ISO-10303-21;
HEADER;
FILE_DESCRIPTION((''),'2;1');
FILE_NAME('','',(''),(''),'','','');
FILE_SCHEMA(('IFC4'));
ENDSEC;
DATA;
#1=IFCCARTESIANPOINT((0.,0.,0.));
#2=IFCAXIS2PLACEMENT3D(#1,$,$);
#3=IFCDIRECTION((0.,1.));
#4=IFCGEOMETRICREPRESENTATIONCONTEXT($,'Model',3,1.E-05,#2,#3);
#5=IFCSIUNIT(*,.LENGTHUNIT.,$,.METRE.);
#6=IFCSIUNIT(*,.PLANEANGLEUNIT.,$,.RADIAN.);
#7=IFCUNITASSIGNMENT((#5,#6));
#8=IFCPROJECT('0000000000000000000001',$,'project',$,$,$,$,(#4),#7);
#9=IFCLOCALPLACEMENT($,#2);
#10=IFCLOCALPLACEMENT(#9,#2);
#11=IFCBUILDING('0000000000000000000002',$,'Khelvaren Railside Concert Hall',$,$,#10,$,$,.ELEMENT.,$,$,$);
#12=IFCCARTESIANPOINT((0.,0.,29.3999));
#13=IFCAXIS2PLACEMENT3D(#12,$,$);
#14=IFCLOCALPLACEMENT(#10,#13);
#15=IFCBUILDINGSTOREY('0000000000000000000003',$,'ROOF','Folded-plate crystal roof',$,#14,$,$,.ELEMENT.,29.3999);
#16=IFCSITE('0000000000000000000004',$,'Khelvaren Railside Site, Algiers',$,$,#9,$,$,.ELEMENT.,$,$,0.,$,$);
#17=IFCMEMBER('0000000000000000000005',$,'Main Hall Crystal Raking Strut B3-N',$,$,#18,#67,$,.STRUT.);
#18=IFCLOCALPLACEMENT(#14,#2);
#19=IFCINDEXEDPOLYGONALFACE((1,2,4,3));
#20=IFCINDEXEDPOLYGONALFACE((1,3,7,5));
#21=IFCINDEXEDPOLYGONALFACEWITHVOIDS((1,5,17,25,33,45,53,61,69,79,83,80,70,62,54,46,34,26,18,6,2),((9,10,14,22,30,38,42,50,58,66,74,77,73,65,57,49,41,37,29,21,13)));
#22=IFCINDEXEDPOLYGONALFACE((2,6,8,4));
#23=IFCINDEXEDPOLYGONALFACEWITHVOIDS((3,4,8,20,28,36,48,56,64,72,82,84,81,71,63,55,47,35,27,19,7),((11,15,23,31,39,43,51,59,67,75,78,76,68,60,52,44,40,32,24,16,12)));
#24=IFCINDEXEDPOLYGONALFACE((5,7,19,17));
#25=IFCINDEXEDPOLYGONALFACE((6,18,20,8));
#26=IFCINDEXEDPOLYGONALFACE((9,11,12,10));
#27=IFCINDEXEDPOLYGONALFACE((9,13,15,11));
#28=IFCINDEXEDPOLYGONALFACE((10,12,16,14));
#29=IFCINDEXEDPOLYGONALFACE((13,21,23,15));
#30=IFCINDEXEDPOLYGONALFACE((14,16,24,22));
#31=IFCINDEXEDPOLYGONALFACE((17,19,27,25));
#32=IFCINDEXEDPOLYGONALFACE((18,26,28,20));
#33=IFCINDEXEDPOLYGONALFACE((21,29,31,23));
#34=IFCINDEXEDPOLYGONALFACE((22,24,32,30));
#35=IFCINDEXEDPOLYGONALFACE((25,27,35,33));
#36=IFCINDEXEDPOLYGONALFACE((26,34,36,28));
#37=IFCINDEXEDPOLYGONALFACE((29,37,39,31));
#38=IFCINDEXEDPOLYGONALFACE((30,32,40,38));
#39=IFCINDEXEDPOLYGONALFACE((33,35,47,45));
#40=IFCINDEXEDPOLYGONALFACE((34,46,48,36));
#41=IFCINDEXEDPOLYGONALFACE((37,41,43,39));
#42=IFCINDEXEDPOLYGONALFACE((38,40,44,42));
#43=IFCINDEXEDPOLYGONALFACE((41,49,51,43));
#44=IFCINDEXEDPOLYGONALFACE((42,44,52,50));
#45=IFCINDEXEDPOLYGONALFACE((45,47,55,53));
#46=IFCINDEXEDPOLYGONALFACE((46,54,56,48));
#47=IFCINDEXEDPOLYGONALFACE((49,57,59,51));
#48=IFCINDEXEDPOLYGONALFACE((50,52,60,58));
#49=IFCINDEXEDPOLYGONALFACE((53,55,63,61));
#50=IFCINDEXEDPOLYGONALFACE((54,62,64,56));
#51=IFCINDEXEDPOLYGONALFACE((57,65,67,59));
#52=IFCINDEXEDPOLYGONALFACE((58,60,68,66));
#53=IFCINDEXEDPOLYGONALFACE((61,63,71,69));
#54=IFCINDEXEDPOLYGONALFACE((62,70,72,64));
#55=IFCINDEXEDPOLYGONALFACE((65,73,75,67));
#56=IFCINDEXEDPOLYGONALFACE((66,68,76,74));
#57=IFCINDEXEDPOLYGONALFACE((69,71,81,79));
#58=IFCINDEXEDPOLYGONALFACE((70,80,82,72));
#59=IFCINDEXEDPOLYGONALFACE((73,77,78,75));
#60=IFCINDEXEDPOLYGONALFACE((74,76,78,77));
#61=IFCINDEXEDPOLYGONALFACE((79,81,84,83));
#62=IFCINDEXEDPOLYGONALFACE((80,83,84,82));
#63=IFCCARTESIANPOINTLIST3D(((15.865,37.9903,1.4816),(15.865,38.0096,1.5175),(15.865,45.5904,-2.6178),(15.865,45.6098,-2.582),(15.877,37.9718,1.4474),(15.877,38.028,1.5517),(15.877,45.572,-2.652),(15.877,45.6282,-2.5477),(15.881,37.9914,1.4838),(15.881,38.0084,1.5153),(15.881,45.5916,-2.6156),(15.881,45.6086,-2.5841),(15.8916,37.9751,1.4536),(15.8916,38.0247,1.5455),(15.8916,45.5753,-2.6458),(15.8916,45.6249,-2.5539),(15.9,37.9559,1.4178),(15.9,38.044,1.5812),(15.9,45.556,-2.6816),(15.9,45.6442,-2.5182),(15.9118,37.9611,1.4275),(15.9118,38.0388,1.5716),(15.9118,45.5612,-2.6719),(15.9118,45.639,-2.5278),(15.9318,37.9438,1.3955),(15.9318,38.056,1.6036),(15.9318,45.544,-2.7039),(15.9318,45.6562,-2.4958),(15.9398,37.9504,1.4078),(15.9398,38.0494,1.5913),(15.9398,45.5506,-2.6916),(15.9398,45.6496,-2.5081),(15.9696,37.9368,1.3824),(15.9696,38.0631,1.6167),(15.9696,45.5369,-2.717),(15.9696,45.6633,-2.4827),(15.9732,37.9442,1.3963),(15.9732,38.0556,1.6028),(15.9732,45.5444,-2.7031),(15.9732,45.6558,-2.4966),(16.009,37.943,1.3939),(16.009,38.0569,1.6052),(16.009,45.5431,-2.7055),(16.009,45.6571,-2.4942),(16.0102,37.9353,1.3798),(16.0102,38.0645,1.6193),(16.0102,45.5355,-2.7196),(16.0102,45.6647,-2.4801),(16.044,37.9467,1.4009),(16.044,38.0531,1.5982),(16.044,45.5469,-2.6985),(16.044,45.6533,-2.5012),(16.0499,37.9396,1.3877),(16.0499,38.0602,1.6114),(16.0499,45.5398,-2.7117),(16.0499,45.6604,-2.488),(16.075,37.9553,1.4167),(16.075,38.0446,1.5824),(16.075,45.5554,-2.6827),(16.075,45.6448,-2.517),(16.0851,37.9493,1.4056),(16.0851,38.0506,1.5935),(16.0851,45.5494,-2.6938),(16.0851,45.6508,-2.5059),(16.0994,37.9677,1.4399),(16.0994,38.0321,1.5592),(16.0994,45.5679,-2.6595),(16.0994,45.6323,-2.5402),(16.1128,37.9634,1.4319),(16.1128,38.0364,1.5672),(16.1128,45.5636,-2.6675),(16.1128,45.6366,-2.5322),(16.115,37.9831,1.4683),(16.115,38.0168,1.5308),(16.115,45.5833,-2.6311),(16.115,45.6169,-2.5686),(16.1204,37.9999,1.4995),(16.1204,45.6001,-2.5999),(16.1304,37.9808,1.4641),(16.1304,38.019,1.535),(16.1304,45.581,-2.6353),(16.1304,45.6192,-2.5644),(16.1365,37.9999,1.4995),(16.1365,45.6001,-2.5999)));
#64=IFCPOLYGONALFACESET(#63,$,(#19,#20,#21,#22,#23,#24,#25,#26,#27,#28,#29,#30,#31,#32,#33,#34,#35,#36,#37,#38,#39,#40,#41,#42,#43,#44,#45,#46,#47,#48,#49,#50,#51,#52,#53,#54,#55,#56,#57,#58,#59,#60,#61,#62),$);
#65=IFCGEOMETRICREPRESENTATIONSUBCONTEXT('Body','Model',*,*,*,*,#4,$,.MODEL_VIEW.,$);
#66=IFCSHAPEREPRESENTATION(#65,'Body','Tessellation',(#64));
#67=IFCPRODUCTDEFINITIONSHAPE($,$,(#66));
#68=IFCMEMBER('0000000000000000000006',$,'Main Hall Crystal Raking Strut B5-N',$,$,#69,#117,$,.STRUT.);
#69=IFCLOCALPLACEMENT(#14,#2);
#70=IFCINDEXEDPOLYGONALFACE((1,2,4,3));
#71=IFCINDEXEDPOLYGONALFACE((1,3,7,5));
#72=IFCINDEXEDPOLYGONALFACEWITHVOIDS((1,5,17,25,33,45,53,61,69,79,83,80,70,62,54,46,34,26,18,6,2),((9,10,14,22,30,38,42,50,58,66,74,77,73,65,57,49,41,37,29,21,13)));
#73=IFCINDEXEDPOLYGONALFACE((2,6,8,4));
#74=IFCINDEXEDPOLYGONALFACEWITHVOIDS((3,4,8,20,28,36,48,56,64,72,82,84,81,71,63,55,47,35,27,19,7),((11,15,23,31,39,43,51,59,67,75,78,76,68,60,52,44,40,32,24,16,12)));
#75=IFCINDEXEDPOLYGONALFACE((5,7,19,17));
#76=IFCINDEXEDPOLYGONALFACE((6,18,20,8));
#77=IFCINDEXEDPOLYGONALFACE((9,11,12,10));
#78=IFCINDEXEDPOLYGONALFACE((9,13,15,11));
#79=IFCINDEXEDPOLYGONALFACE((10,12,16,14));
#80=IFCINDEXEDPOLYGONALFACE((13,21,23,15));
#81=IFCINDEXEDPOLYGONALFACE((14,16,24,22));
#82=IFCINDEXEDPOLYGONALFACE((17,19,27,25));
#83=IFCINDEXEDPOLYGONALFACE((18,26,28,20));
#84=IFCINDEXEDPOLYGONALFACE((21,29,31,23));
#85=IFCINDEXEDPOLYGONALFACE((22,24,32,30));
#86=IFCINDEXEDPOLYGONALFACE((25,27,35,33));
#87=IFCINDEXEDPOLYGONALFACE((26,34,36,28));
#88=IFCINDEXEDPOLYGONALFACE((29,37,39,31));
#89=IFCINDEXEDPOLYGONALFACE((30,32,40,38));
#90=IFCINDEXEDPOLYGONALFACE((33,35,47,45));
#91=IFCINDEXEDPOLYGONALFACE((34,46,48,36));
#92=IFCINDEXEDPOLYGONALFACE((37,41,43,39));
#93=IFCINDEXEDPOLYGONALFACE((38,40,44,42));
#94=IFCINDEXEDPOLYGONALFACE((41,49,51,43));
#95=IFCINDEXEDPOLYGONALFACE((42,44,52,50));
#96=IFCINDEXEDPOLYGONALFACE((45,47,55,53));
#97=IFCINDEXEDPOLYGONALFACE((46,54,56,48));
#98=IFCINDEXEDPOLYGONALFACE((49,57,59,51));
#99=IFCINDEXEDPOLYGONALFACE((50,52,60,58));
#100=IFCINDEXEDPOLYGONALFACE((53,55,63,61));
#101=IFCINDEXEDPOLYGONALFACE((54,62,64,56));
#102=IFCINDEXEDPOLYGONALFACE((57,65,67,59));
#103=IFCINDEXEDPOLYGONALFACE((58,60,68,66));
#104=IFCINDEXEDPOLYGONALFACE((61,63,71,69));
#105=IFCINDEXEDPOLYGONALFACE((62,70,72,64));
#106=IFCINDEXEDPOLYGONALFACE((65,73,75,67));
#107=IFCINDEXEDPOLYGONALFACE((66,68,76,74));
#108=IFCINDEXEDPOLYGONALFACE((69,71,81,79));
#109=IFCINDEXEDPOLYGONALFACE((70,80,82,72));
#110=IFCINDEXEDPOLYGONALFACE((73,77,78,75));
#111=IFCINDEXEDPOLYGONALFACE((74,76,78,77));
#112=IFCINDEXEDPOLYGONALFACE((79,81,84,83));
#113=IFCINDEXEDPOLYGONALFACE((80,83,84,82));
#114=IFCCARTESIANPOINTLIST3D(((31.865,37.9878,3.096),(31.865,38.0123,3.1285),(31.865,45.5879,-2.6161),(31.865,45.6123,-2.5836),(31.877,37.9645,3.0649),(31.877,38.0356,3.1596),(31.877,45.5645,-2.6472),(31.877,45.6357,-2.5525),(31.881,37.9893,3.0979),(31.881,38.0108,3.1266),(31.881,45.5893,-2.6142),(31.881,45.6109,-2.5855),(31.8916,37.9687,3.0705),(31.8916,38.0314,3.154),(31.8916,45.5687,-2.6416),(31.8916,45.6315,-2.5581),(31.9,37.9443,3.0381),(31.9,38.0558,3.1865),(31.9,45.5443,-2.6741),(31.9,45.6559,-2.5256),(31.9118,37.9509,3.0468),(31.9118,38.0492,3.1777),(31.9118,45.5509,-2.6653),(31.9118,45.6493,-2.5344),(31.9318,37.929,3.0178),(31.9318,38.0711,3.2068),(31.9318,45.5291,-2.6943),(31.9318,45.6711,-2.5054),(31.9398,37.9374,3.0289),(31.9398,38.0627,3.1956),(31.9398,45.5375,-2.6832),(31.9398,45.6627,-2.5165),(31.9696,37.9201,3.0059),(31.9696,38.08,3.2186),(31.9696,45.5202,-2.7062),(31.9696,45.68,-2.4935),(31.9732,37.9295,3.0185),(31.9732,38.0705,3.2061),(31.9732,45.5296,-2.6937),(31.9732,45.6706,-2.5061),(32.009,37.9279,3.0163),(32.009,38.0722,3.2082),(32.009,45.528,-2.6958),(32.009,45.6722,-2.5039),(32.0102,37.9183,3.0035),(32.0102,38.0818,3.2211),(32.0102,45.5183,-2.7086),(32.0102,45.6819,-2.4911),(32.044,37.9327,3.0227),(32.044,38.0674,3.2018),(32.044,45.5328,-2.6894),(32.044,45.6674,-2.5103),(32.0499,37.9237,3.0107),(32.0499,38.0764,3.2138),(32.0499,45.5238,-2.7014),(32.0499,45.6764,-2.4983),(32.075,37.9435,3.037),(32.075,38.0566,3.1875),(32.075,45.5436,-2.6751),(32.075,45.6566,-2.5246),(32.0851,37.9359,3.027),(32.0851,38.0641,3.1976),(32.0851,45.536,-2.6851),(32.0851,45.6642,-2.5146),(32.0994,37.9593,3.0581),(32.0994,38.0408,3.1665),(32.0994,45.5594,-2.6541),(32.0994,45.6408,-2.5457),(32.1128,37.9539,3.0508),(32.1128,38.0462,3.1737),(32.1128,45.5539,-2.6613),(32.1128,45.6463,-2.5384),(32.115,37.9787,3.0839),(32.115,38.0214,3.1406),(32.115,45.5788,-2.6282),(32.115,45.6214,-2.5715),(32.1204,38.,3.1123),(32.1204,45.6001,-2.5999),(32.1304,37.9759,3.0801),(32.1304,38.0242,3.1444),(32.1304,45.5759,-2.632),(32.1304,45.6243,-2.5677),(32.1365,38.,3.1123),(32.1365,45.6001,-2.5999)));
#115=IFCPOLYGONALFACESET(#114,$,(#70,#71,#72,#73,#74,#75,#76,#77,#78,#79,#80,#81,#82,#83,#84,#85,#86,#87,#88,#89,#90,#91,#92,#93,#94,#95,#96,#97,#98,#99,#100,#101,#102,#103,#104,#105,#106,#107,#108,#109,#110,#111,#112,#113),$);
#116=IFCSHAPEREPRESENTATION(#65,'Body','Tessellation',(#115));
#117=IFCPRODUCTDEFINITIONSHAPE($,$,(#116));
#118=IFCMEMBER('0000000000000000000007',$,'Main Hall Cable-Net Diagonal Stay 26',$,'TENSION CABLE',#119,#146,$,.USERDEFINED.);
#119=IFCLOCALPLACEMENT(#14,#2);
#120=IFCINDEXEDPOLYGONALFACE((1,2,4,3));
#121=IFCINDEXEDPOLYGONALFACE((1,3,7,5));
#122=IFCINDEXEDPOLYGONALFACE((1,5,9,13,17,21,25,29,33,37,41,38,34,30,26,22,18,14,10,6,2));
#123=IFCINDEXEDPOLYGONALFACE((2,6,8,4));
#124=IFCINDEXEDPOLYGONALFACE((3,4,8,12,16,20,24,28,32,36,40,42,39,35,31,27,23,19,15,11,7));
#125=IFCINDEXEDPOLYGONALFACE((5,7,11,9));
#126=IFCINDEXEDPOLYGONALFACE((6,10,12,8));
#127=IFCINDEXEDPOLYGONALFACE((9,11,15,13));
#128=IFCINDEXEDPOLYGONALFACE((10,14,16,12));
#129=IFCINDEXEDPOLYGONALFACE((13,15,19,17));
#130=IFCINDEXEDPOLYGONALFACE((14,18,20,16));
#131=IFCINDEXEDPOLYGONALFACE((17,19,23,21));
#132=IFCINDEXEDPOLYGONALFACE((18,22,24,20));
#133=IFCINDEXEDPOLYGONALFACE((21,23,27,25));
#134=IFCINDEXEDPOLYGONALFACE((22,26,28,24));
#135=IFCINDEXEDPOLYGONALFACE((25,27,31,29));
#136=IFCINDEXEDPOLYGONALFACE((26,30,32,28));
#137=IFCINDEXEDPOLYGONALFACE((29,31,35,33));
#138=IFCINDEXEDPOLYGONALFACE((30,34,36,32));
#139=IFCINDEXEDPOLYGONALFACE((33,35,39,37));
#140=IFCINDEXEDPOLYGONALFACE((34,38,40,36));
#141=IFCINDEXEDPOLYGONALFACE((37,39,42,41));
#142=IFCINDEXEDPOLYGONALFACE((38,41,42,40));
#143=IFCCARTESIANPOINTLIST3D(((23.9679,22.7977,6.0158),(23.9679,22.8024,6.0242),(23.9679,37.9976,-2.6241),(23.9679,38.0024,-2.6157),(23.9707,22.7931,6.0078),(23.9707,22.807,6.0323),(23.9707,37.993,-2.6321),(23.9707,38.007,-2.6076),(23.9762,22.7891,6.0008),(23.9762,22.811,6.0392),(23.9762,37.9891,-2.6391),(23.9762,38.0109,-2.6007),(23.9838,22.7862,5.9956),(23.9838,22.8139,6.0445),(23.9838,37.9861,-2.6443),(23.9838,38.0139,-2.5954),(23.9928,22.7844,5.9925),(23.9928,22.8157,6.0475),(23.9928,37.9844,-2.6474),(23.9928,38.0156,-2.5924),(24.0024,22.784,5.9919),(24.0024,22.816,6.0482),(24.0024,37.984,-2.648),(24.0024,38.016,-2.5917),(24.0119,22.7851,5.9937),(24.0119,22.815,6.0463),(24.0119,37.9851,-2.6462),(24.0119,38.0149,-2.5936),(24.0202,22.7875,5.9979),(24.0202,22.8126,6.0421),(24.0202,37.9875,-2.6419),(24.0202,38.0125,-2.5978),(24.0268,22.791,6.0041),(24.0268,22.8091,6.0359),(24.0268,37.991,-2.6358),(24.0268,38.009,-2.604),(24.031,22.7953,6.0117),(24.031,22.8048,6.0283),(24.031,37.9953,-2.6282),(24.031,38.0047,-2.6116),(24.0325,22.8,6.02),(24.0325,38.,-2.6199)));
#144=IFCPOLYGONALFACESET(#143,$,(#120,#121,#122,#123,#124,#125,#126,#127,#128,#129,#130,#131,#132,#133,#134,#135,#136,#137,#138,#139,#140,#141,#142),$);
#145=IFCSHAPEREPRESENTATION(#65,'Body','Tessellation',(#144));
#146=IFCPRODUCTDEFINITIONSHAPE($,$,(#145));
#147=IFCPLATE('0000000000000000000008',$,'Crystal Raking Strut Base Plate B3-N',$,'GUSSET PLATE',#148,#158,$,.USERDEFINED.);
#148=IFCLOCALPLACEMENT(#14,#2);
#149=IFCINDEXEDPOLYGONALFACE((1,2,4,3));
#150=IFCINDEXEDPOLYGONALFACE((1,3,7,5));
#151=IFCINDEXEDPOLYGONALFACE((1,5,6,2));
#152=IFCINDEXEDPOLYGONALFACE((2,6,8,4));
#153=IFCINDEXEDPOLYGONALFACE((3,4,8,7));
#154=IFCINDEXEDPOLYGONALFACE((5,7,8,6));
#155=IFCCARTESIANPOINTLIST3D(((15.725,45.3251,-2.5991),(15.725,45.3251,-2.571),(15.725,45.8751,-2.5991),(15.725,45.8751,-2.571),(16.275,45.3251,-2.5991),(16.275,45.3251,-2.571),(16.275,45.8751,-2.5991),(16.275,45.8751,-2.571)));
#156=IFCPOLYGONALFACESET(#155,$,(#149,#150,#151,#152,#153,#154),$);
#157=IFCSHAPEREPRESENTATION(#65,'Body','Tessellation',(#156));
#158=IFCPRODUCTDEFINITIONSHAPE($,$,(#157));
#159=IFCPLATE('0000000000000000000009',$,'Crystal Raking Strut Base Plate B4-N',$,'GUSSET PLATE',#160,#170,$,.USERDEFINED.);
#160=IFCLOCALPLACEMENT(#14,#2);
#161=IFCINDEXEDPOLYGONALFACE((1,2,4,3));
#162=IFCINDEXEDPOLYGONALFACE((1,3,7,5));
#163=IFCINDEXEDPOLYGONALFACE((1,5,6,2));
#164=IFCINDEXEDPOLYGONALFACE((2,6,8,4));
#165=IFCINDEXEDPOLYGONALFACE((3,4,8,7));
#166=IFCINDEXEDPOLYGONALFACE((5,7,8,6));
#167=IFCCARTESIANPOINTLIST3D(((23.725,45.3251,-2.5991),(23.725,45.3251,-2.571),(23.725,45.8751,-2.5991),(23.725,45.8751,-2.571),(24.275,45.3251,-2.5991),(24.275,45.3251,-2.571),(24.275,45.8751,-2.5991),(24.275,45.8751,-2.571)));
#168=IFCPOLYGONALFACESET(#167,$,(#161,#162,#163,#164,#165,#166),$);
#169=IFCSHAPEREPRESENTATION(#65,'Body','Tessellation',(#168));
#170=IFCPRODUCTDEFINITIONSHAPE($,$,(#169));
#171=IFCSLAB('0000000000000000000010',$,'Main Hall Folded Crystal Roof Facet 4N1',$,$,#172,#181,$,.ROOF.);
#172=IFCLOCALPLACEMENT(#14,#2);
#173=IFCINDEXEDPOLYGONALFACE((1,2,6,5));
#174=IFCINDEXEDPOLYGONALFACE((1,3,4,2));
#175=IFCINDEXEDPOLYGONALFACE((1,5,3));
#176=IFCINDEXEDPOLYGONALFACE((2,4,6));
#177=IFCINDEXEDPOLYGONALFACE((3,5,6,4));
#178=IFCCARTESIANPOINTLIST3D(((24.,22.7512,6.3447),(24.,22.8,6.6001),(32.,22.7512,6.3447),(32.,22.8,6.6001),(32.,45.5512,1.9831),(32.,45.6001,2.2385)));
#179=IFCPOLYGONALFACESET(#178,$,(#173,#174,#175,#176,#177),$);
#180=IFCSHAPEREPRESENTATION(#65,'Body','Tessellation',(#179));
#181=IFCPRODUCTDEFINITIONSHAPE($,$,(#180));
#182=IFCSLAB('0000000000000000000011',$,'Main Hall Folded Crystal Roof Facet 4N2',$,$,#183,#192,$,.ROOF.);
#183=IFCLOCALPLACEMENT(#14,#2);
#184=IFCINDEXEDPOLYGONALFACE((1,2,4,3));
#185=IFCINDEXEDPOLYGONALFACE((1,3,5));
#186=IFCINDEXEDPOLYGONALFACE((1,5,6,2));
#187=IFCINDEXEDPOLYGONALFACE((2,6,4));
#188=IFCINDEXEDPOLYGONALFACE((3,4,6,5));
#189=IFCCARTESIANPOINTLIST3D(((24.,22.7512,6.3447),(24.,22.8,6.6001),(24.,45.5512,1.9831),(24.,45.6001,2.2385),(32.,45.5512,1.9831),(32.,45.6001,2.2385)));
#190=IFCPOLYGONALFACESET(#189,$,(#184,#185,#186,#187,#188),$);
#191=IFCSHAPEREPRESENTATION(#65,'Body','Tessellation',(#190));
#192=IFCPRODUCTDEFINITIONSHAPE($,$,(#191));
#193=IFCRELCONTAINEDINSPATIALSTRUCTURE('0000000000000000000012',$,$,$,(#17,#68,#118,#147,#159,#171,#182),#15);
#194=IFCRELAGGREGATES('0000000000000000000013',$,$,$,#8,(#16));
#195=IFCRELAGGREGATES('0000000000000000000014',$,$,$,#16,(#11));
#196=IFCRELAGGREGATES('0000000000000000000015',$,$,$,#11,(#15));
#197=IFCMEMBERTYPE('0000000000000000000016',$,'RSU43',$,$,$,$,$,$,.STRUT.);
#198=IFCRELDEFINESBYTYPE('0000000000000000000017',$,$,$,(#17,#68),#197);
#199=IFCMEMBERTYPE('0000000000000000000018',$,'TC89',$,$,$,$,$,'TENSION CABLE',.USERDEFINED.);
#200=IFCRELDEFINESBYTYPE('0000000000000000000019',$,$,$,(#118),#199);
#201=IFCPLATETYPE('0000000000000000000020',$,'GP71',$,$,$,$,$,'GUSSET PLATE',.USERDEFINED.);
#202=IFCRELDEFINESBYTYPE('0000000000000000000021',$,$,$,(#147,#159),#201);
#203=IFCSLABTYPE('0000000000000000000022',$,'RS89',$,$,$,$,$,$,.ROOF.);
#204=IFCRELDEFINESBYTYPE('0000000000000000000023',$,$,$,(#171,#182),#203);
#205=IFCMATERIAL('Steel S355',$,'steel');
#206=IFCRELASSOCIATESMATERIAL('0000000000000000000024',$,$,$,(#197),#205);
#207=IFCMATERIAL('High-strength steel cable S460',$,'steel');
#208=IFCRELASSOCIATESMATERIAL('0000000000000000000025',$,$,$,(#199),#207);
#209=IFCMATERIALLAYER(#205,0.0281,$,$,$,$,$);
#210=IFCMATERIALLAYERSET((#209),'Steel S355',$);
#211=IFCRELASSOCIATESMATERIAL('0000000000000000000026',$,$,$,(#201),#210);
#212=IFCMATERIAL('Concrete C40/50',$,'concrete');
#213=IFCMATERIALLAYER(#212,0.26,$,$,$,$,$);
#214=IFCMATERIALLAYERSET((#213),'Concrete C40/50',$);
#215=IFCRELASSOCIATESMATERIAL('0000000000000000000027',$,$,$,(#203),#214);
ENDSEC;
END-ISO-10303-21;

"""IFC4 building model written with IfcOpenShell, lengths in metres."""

from ifc_helpers import new_model, si_unit, direction, frame, origin, origin_2d, place, context, subcontext, project, spatial, polyline, rectangle, circle, hollow_circle, outline, extrude, material, layer, layer_set, material_profile, profile_set, type_object, element, save


model = new_model("IFC4")

# Units and contexts
model_context = context("Model", 3, precision=1e-05, world=origin(), true_north=direction((0.0, 1.0)))
body_context = subcontext(model_context, "Body", "Model", "MODEL_VIEW")
ifc_project = project(units=[si_unit("LENGTHUNIT", "METRE"), si_unit("PLANEANGLEUNIT", "RADIAN")], contexts=[model_context])

# Site, building, storey
site_placement = place(None, origin())
site = spatial("IfcSite", under=ifc_project, at=site_placement, Name="Khelvaren Railside Site, Algiers", CompositionType="ELEMENT", RefElevation=0.0)
building_placement = place(site_placement, origin())
building = spatial("IfcBuilding", under=site, at=building_placement, Name="Khelvaren Railside Concert Hall", CompositionType="ELEMENT")
storey_placement = place(building_placement, frame((0.0, 0.0, 29.3999)))
storey = spatial("IfcBuildingStorey", under=building, at=storey_placement, Name="ROOF", Description="Folded-plate crystal roof", CompositionType="ELEMENT", Elevation=29.3999)

# Shared definitions
ifc_material_1 = material(Name="Steel S355", Category="steel")

# Members
ifc_material_profile_1 = material_profile(ifc_material_1, hollow_circle(Radius=0.1365, WallThickness=0.0161, at=origin_2d()), Name="CHS 273x16")
ifc_profile_set_1 = profile_set([ifc_material_profile_1], Name="Steel S355")
member_type_1 = type_object("IfcMemberType", Name="RSU43", PredefinedType="STRUT", material=ifc_profile_set_1)
member_1_placement = place(storey_placement, frame((16.0, 45.6001, -2.5999), z_axis=(0.0, -0.880132, 0.474729), x_axis=(1.0, 0.0, 0.0)))
element("IfcMember", 1, at=member_1_placement, inside=storey, type_object=member_type_1, Name="Main Hall Crystal Raking Strut B3-N", PredefinedType="STRUT", context=body_context, shape_type="SweptSolid", body=[
    extrude(hollow_circle(Radius=0.1365, WallThickness=0.0161, at=origin_2d()), origin(), (0.0, 0.0, 1.0), 8.6353),
])
member_2_placement = place(storey_placement, frame((32.0, 45.6001, -2.5999), z_axis=(0.0, -0.799389, 0.600813), x_axis=(1.0, 0.0, 0.0)))
element("IfcMember", 2, at=member_2_placement, inside=storey, type_object=member_type_1, Name="Main Hall Crystal Raking Strut B5-N", PredefinedType="STRUT", context=body_context, shape_type="SweptSolid", body=[
    extrude(hollow_circle(Radius=0.1365, WallThickness=0.0161, at=origin_2d()), origin(), (0.0, 0.0, 1.0), 9.5073),
])
ifc_material_2 = material(Name="High-strength steel cable S460", Category="steel")
ifc_material_profile_2 = material_profile(ifc_material_2, circle(Radius=0.0325, at=origin_2d()), Name="LCB D65")
ifc_profile_set_2 = profile_set([ifc_material_profile_2], Name="High-strength steel cable S460")
member_type_2 = type_object("IfcMemberType", Name="TC89", ElementType="TENSION CABLE", PredefinedType="USERDEFINED", material=ifc_profile_set_2)
member_3_placement = place(storey_placement, frame((24.0, 38.0, -2.6199), z_axis=(0.0, -0.869369, 0.494163), x_axis=(1.0, 0.0, 0.0)))
element("IfcMember", 3, at=member_3_placement, inside=storey, type_object=member_type_2, Name="Main Hall Cable-Net Diagonal Stay 26", ObjectType="TENSION CABLE", PredefinedType="USERDEFINED", context=body_context, shape_type="SweptSolid", body=[
    extrude(circle(Radius=0.0325, at=origin_2d()), origin(), (0.0, 0.0, 1.0), 17.4839),
])

# Plates
ifc_layer_1 = layer(ifc_material_1, 0.0281)
ifc_layer_set_1 = layer_set([ifc_layer_1], Name="Steel S355")
plate_type = type_object("IfcPlateType", Name="GP71", ElementType="GUSSET PLATE", PredefinedType="USERDEFINED", material=ifc_layer_set_1)
for number, where, z_axis, x_axis, name in (
    (4, (16.0, 45.6001, -2.5991), (0.0, 0.0, 1.0), (1.0, 0.0, 0.0), "Crystal Raking Strut Base Plate B3-N"),
    (5, (24.0, 45.6001, -2.5991), (0.0, 0.0, 1.0), (1.0, 0.0, 0.0), "Crystal Raking Strut Base Plate B4-N"),
):
    element("IfcPlate", number, at=place(storey_placement, frame(where, z_axis=z_axis, x_axis=x_axis)), inside=storey, type_object=plate_type, Name=name, ObjectType="GUSSET PLATE", PredefinedType="USERDEFINED", context=body_context, shape_type="SweptSolid", body=[
        extrude(rectangle(XDim=0.55, YDim=0.55, at=origin_2d()), origin(), (0.0, 0.0, 1.0), 0.0281),
    ])

# Slabs
ifc_material_3 = material(Name="Concrete C40/50", Category="concrete")
ifc_layer_2 = layer(ifc_material_3, 0.26)
ifc_layer_set_2 = layer_set([ifc_layer_2], Name="Concrete C40/50")
slab_type = type_object("IfcSlabType", Name="RS89", PredefinedType="ROOF", material=ifc_layer_set_2)
slab_1_placement = place(storey_placement, frame((24.0, 22.8, 6.6001), z_axis=(0.0, 0.18789, 0.98219), x_axis=(1.0, 0.0, 0.0)))
element("IfcSlab", 6, at=slab_1_placement, inside=storey, type_object=slab_type, Name="Main Hall Folded Crystal Roof Facet 4N1", PredefinedType="ROOF", context=body_context, shape_type="SweptSolid", body=[
    extrude(outline(polyline([(0.0, 0.0), (8.0, 0.0), (8.0, 23.2135), (0.0, 0.0)])), origin(), (0.0, 0.0, -1.0), 0.26),
])
slab_2_placement = place(storey_placement, frame((24.0, 22.8, 6.6001), z_axis=(0.0, 0.18789, 0.98219), x_axis=(0.325822, 0.928593, -0.177637)))
element("IfcSlab", 7, at=slab_2_placement, inside=storey, type_object=slab_type, Name="Main Hall Folded Crystal Roof Facet 4N2", PredefinedType="ROOF", context=body_context, shape_type="SweptSolid", body=[
    extrude(outline(polyline([(0.0, 0.0), (24.5533, 0.0), (21.9467, 7.5635), (0.0, 0.0)])), origin(), (0.0, 0.0, -1.0), 0.26),
])

save(model, "model.ifc")
